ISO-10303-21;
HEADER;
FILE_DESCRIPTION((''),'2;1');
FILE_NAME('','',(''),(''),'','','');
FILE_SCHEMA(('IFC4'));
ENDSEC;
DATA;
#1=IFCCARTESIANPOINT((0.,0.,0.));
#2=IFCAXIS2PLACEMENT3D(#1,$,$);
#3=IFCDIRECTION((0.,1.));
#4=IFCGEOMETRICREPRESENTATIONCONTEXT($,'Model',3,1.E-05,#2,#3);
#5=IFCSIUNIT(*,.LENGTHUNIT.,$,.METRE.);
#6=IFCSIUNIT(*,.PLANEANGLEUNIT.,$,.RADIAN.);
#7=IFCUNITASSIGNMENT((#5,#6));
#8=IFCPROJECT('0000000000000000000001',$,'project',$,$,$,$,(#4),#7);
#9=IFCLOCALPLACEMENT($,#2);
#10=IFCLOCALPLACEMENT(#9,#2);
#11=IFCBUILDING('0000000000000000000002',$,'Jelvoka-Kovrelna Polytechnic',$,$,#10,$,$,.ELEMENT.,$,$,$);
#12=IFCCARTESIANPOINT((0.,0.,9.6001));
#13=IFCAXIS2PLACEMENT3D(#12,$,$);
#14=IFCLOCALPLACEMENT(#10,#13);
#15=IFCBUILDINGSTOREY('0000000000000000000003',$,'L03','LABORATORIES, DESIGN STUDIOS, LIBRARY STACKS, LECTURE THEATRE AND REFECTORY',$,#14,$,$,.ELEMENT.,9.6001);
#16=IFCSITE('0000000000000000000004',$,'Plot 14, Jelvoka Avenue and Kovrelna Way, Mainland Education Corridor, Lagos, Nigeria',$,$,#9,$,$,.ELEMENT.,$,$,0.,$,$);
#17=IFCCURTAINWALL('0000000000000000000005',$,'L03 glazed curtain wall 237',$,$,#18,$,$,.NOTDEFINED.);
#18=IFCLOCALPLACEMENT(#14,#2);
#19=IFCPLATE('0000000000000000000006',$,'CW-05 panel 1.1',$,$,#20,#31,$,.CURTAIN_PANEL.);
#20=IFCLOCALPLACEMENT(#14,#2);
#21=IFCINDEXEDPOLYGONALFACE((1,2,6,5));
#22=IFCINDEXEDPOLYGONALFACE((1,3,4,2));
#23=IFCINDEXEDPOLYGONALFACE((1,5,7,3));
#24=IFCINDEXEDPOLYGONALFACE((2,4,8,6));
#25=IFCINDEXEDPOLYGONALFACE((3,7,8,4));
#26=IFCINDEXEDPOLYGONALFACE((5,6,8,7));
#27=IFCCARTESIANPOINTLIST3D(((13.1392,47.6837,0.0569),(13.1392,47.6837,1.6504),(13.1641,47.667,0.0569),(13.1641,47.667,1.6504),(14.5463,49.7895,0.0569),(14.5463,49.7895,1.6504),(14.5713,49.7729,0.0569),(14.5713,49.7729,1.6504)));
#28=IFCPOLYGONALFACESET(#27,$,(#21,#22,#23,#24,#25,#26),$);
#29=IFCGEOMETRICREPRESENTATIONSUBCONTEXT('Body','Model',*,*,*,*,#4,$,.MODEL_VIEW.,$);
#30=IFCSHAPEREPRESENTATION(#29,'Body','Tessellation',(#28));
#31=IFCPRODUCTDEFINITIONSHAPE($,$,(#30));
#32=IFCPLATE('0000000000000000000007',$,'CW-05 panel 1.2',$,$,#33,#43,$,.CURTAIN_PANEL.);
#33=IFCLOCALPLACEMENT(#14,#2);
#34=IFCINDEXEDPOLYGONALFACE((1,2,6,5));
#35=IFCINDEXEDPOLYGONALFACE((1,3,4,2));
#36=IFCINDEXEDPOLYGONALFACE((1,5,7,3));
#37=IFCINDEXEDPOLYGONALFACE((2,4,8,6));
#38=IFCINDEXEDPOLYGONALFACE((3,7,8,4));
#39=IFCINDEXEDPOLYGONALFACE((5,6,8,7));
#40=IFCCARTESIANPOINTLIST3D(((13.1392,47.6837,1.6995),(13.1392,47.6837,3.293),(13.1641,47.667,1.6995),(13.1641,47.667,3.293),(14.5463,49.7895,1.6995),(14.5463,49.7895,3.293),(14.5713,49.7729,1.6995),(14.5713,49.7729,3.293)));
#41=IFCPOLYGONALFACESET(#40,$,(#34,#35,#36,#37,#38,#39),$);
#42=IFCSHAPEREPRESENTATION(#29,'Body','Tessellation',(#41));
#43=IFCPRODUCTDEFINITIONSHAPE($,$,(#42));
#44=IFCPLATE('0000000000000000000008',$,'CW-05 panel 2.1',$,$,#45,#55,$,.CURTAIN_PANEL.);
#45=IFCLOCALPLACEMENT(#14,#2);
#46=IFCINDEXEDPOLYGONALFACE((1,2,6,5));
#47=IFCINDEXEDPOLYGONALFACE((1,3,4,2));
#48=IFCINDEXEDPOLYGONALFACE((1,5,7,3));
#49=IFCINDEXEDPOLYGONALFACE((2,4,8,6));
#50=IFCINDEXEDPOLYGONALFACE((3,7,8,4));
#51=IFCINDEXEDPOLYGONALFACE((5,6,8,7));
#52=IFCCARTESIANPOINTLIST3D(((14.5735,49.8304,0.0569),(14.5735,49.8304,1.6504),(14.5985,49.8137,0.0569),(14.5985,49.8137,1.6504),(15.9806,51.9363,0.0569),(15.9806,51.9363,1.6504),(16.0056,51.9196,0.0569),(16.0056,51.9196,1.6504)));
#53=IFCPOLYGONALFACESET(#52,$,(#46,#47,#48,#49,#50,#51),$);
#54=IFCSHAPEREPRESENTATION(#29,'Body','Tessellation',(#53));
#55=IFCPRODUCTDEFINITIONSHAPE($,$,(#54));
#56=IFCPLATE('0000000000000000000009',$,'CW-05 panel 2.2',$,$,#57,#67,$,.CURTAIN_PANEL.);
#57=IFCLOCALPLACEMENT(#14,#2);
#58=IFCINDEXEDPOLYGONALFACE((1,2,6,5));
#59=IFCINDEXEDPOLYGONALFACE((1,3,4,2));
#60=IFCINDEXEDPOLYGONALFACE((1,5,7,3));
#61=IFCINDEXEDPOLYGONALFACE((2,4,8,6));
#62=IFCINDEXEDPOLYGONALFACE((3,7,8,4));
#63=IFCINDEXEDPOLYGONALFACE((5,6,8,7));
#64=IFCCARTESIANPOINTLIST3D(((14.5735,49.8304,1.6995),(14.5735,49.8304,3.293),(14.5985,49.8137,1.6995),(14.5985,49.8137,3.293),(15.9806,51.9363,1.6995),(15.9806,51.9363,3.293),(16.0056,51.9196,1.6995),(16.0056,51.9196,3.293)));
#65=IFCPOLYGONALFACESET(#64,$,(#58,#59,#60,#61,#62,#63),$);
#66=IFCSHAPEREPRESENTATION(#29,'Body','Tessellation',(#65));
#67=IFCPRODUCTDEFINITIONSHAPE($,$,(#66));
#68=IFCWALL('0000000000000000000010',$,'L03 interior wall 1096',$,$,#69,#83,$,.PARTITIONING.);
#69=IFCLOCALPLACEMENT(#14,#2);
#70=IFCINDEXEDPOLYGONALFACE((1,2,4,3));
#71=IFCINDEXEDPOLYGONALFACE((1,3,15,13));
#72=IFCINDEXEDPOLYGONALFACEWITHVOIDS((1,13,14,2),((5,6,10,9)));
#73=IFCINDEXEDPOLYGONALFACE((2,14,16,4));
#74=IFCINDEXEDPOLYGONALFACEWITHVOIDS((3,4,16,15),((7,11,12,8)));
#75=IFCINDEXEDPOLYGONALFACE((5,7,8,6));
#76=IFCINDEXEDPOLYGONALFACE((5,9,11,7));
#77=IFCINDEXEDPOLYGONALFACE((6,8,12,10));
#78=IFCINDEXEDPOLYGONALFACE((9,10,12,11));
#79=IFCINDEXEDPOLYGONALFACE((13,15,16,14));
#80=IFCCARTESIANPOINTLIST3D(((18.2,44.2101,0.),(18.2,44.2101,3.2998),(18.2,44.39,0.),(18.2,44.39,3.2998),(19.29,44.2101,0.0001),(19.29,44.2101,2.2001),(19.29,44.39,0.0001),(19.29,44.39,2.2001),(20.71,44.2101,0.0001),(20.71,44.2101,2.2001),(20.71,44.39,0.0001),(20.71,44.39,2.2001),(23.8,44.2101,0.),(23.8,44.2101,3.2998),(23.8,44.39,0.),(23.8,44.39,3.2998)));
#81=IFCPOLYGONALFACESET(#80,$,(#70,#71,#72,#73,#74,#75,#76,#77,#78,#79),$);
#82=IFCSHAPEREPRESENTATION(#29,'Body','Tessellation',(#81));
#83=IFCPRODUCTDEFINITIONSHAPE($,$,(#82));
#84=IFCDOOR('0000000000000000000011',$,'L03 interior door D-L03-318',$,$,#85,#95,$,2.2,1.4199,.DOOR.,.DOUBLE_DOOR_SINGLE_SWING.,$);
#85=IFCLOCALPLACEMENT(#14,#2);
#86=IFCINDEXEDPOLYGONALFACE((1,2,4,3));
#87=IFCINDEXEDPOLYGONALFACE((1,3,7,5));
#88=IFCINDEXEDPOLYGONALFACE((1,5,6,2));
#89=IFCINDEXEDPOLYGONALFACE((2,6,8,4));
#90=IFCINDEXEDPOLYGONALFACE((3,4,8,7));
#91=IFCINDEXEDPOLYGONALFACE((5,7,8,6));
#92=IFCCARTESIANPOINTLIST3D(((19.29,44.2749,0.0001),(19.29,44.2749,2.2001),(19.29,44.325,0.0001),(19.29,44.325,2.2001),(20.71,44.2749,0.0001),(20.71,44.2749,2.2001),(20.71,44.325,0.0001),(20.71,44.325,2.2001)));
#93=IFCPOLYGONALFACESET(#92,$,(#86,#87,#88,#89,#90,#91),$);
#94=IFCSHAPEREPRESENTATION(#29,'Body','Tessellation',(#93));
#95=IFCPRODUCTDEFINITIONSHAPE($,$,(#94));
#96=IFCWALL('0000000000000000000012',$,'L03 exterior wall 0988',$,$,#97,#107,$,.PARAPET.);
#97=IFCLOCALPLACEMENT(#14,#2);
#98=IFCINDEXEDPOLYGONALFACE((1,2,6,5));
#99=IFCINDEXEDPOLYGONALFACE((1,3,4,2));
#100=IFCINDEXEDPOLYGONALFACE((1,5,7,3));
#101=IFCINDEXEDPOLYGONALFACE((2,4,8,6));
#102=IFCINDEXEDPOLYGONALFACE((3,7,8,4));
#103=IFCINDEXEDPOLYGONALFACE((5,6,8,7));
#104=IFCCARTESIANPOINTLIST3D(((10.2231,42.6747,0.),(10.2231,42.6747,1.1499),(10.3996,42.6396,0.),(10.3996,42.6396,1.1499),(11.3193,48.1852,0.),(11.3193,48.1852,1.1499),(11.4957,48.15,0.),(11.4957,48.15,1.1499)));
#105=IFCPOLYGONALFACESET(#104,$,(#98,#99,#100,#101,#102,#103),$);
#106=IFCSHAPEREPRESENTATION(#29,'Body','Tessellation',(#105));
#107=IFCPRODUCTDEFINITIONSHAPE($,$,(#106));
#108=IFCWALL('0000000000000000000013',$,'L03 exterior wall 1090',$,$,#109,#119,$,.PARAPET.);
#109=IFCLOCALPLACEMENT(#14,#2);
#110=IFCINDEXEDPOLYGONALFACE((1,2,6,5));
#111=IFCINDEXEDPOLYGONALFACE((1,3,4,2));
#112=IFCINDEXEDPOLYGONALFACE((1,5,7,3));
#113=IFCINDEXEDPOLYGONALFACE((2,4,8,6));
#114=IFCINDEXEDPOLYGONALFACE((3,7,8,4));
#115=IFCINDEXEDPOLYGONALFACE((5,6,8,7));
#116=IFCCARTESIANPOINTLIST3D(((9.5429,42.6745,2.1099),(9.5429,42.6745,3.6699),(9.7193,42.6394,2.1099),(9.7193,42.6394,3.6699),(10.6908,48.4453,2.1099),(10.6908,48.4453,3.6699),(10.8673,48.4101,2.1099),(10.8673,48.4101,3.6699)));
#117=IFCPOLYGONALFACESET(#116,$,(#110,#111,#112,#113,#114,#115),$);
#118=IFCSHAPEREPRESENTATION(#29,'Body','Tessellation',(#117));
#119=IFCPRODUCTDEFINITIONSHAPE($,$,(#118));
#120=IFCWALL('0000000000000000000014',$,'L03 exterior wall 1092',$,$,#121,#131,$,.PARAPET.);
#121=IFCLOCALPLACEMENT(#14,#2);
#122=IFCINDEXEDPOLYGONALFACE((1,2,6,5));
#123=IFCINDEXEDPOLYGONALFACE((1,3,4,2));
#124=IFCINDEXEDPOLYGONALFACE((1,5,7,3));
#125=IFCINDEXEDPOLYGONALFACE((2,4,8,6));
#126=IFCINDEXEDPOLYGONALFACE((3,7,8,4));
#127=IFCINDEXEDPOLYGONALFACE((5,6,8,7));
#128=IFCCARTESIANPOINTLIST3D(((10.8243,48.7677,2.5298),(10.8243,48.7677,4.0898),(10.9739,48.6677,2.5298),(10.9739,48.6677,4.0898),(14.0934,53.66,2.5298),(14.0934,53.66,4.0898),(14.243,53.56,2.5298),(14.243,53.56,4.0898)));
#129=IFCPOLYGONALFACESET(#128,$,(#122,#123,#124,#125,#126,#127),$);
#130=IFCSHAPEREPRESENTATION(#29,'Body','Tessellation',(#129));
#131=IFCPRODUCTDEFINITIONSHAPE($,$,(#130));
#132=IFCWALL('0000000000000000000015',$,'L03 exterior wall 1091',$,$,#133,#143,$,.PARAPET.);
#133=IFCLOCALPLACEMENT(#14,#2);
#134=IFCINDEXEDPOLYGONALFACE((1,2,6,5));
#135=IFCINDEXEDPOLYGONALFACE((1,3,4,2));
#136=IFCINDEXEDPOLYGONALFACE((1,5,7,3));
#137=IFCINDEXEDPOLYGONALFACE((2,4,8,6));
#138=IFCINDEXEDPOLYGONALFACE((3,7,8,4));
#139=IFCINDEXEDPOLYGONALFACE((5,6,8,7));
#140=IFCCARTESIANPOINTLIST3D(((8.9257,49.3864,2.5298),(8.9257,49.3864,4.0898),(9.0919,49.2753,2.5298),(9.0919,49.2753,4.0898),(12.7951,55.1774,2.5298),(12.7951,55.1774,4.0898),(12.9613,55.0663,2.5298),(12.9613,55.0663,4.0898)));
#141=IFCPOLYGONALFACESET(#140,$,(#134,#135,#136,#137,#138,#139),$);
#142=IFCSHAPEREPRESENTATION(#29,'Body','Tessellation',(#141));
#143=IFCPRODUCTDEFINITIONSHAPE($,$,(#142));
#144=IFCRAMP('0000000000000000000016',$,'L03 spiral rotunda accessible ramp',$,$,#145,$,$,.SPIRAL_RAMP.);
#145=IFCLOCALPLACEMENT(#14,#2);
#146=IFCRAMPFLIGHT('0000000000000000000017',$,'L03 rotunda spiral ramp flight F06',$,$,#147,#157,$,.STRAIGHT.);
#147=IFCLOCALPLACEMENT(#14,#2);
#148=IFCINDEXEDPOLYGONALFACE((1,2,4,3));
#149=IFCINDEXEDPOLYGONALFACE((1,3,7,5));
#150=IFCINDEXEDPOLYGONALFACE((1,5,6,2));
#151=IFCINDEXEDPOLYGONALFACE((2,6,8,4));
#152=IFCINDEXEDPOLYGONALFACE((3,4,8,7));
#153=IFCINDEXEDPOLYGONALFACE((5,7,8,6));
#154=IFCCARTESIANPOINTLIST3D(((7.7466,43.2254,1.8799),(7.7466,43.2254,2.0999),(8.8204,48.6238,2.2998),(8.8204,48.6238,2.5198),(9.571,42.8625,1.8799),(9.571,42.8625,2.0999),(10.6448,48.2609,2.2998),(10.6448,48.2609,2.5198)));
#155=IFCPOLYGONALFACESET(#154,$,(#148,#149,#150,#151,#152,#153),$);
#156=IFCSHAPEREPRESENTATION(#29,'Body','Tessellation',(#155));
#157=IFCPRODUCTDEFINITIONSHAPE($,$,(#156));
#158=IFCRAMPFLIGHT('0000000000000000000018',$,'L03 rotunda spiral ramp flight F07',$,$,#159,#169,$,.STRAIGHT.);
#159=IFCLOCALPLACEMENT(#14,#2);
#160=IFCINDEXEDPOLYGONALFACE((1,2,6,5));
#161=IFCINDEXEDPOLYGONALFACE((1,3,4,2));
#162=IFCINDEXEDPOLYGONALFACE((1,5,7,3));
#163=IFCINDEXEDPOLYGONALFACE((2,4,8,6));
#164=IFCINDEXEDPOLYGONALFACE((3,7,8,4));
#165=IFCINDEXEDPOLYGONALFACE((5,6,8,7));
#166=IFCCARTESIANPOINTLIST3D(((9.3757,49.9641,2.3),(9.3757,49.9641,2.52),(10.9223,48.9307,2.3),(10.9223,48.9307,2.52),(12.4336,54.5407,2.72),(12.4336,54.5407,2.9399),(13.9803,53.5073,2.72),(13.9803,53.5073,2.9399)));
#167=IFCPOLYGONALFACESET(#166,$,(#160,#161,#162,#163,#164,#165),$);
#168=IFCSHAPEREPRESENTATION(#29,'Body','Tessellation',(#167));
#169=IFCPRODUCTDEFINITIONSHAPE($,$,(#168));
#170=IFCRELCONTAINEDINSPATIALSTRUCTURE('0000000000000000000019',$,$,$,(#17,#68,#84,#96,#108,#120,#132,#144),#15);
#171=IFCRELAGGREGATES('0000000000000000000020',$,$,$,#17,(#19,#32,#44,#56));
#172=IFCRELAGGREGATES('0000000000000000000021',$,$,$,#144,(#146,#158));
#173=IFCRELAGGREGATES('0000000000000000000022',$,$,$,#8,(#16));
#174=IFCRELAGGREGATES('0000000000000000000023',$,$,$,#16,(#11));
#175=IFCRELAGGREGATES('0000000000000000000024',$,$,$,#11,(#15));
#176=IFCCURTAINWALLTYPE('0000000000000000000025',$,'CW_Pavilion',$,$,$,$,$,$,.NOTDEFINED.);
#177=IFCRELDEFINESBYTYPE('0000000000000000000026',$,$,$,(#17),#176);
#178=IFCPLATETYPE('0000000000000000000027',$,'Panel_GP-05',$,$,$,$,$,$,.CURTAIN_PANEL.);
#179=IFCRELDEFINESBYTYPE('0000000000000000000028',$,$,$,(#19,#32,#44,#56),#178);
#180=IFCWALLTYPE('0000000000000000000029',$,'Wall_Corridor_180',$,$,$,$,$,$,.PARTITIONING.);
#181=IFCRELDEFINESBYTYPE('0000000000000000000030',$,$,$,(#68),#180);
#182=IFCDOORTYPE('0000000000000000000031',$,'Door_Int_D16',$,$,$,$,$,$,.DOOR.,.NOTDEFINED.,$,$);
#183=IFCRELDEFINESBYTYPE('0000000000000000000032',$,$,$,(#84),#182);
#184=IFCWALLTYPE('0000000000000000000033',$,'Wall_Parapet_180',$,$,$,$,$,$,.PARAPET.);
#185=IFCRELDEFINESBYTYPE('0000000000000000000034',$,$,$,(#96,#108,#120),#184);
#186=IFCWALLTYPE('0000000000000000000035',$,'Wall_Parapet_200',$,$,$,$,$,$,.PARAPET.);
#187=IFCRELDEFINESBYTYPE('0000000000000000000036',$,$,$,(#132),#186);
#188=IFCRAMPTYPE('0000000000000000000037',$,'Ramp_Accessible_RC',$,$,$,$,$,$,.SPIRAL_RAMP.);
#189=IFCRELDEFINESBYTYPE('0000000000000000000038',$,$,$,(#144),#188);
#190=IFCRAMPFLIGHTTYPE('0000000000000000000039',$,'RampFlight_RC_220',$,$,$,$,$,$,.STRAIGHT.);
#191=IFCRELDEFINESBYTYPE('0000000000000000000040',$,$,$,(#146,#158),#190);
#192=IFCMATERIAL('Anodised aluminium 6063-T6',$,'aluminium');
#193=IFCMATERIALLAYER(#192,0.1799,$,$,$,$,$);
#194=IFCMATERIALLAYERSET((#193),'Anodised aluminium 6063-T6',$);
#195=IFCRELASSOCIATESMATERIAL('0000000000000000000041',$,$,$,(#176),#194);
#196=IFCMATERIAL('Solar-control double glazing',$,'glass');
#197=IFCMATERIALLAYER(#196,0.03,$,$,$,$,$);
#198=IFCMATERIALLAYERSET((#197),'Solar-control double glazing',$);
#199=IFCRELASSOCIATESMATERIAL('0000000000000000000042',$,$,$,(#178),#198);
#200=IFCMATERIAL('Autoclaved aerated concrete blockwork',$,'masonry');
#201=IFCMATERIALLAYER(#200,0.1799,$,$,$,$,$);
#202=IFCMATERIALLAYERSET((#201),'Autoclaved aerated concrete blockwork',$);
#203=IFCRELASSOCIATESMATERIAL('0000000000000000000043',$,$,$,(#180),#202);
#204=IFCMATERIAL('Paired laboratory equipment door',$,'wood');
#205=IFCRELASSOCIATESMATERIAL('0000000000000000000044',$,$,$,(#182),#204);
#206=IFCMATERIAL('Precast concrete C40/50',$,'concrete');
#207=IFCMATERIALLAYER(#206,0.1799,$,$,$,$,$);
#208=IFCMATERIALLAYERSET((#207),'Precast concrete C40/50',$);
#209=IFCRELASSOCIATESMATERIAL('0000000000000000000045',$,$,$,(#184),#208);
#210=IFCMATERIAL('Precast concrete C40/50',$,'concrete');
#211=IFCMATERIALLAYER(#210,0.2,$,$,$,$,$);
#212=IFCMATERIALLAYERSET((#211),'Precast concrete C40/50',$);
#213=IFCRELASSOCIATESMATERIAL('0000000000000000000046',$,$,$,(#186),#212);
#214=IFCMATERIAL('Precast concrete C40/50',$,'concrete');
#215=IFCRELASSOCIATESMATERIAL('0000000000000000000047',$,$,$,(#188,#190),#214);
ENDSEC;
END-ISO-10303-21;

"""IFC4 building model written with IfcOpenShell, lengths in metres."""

from ifc_helpers import new_model, si_unit, direction, frame, frame_2d, origin, origin_2d, place, context, subcontext, project, spatial, polyline, rectangle, outline, extrude, material, layer, layer_set, type_object, element, fill, aggregate, save


model = new_model("IFC4")

# Units and contexts
model_context = context("Model", 3, precision=1e-05, world=origin(), true_north=direction((0.0, 1.0)))
body_context = subcontext(model_context, "Body", "Model", "MODEL_VIEW")
ifc_project = project(units=[si_unit("LENGTHUNIT", "METRE"), si_unit("PLANEANGLEUNIT", "RADIAN")], contexts=[model_context])

# Site, building, storey
site_placement = place(None, origin())
site = spatial("IfcSite", under=ifc_project, at=site_placement, Name="Plot 14, Jelvoka Avenue and Kovrelna Way, Mainland Education Corridor, Lagos, Nigeria", CompositionType="ELEMENT", RefElevation=0.0)
building_placement = place(site_placement, origin())
building = spatial("IfcBuilding", under=site, at=building_placement, Name="Jelvoka-Kovrelna Polytechnic", CompositionType="ELEMENT")
storey_placement = place(building_placement, frame((0.0, 0.0, 9.6001)))
storey = spatial("IfcBuildingStorey", under=building, at=storey_placement, Name="L03", Description="LABORATORIES, DESIGN STUDIOS, LIBRARY STACKS, LECTURE THEATRE AND REFECTORY", CompositionType="ELEMENT", Elevation=9.6001)

# Curtain wall
ifc_material_1 = material(Name="Anodised aluminium 6063-T6", Category="aluminium")
ifc_layer_1 = layer(ifc_material_1, 0.1799)
ifc_layer_set_1 = layer_set([ifc_layer_1], Name="Anodised aluminium 6063-T6")
curtain_wall_type = type_object("IfcCurtainWallType", Name="CW_Pavilion", PredefinedType="NOTDEFINED", material=ifc_layer_set_1)
curtain_wall_placement = place(storey_placement, origin())
curtain_wall = element("IfcCurtainWall", 1, at=curtain_wall_placement, inside=storey, type_object=curtain_wall_type, Name="L03 glazed curtain wall 237", PredefinedType="NOTDEFINED")

# Plates
ifc_material_2 = material(Name="Solar-control double glazing", Category="glass")
ifc_layer_2 = layer(ifc_material_2, 0.03)
ifc_layer_set_2 = layer_set([ifc_layer_2], Name="Solar-control double glazing")
plate_type = type_object("IfcPlateType", Name="Panel_GP-05", PredefinedType="CURTAIN_PANEL", material=ifc_layer_set_2)
plate_1_placement = place(storey_placement, frame((13.8552, 48.7283, 0.0569), z_axis=(0.0, 0.0, 1.0), x_axis=(0.555583, 0.831461, 0.0)))
plate_1 = element("IfcPlate", 2, at=plate_1_placement, type_object=plate_type, Name="CW-05 panel 1.1", PredefinedType="CURTAIN_PANEL", context=body_context, shape_type="SweptSolid", body=[
    extrude(rectangle(XDim=2.5327, YDim=0.03, at=origin_2d()), origin(), (0.0, 0.0, 1.0), 1.5935),
])
plate_2_placement = place(storey_placement, frame((13.8552, 48.7283, 1.6995), z_axis=(0.0, 0.0, 1.0), x_axis=(0.555583, 0.831461, 0.0)))
plate_2 = element("IfcPlate", 3, at=plate_2_placement, type_object=plate_type, Name="CW-05 panel 1.2", PredefinedType="CURTAIN_PANEL", context=body_context, shape_type="SweptSolid", body=[
    extrude(rectangle(XDim=2.5327, YDim=0.03, at=origin_2d()), origin(), (0.0, 0.0, 1.0), 1.5935),
])
plate_3_placement = place(storey_placement, frame((15.2896, 50.875, 0.0569), z_axis=(0.0, 0.0, 1.0), x_axis=(0.555583, 0.831461, 0.0)))
plate_3 = element("IfcPlate", 4, at=plate_3_placement, type_object=plate_type, Name="CW-05 panel 2.1", PredefinedType="CURTAIN_PANEL", context=body_context, shape_type="SweptSolid", body=[
    extrude(rectangle(XDim=2.5327, YDim=0.03, at=origin_2d()), origin(), (0.0, 0.0, 1.0), 1.5935),
])
plate_4_placement = place(storey_placement, frame((15.2896, 50.875, 1.6995), z_axis=(0.0, 0.0, 1.0), x_axis=(0.555583, 0.831461, 0.0)))
plate_4 = element("IfcPlate", 5, at=plate_4_placement, type_object=plate_type, Name="CW-05 panel 2.2", PredefinedType="CURTAIN_PANEL", context=body_context, shape_type="SweptSolid", body=[
    extrude(rectangle(XDim=2.5327, YDim=0.03, at=origin_2d()), origin(), (0.0, 0.0, 1.0), 1.5935),
])
aggregate(curtain_wall, [plate_1, plate_2, plate_3, plate_4])

# Wall, opening, door
ifc_material_3 = material(Name="Autoclaved aerated concrete blockwork", Category="masonry")
ifc_layer_3 = layer(ifc_material_3, 0.1799)
ifc_layer_set_3 = layer_set([ifc_layer_3], Name="Autoclaved aerated concrete blockwork")
wall_type_1 = type_object("IfcWallType", Name="Wall_Corridor_180", PredefinedType="PARTITIONING", material=ifc_layer_set_3)
wall_1_placement = place(storey_placement, frame((18.2, 44.3, 0.0), z_axis=(0.0, 0.0, 1.0), x_axis=(1.0, 0.0, 0.0)))
wall_1 = element("IfcWall", 6, at=wall_1_placement, inside=storey, type_object=wall_type_1, Name="L03 interior wall 1096", PredefinedType="PARTITIONING", context=body_context, shape_type="SweptSolid", body=[
    extrude(rectangle(XDim=5.6001, YDim=0.1799, at=frame_2d((2.8, 0.0))), origin(), (0.0, 0.0, 1.0), 3.2998),
])
opening_placement = place(wall_1_placement, frame((1.0901, 0.0, 0.0)))
opening = element("IfcOpeningElement", 7, at=opening_placement, cuts=wall_1, PredefinedType="OPENING", context=body_context, shape_type="SweptSolid", body=[
    extrude(rectangle(XDim=1.4199, YDim=2.2, at=frame_2d((0.71, 1.1001))), frame((0.0, 0.0999, 0.0), z_axis=(0.0, -1.0, 0.0), x_axis=(1.0, 0.0, 0.0)), (0.0, 0.0, 1.0), 0.2),
])
ifc_material_4 = material(Name="Paired laboratory equipment door", Category="wood")
door_type = type_object("IfcDoorType", Name="Door_Int_D16", OperationType="NOTDEFINED", PredefinedType="DOOR", material=ifc_material_4)
door_placement = place(opening_placement, origin())
door = element("IfcDoor", 8, at=door_placement, inside=storey, type_object=door_type, Name="L03 interior door D-L03-318", OperationType="DOUBLE_DOOR_SINGLE_SWING", OverallHeight=2.2, OverallWidth=1.4199, PredefinedType="DOOR", context=body_context, shape_type="SweptSolid", body=[
    extrude(rectangle(XDim=1.4199, YDim=2.2, at=frame_2d((0.71, 1.1001))), frame((0.0, 0.0249, 0.0), z_axis=(0.0, -1.0, 0.0), x_axis=(1.0, 0.0, 0.0)), (0.0, 0.0, 1.0), 0.05),
])
fill(opening, door)

# Walls
ifc_material_5 = material(Name="Precast concrete C40/50", Category="concrete")
ifc_layer_4 = layer(ifc_material_5, 0.1799)
ifc_layer_set_4 = layer_set([ifc_layer_4], Name="Precast concrete C40/50")
wall_type_2 = type_object("IfcWallType", Name="Wall_Parapet_180", PredefinedType="PARAPET", material=ifc_layer_set_4)
wall_2_placement = place(storey_placement, frame((11.4075, 48.1675, 0.0), z_axis=(0.0, 0.0, 1.0), x_axis=(-0.195105, -0.980782, 0.0)))
element("IfcWall", 9, at=wall_2_placement, inside=storey, type_object=wall_type_2, Name="L03 exterior wall 0988", PredefinedType="PARAPET", context=body_context, shape_type="SweptSolid", body=[
    extrude(rectangle(XDim=5.6184, YDim=0.1799, at=frame_2d((2.8091, 0.0))), origin(), (0.0, 0.0, 1.0), 1.1499),
])
wall_3_placement = place(storey_placement, frame((9.6311, 42.657, 2.1099), z_axis=(0.0, 0.0, 1.0), x_axis=(0.195103, 0.980783, 0.0)))
element("IfcWall", 10, at=wall_3_placement, inside=storey, type_object=wall_type_2, Name="L03 exterior wall 1090", PredefinedType="PARAPET", context=body_context, shape_type="SweptSolid", body=[
    extrude(rectangle(XDim=5.8838, YDim=0.1799, at=frame_2d((2.9419, 0.0))), origin(), (0.0, 0.0, 1.0), 1.5601),
])
wall_4_placement = place(storey_placement, frame((10.8992, 48.7178, 2.5298), z_axis=(0.0, 0.0, 1.0), x_axis=(0.555581, 0.831463, 0.0)))
element("IfcWall", 11, at=wall_4_placement, inside=storey, type_object=wall_type_2, Name="L03 exterior wall 1092", PredefinedType="PARAPET", context=body_context, shape_type="SweptSolid", body=[
    extrude(rectangle(XDim=5.884, YDim=0.1799, at=frame_2d((2.9419, 0.0))), origin(), (0.0, 0.0, 1.0), 1.5601),
])
ifc_material_6 = material(Name="Precast concrete C40/50", Category="concrete")
ifc_layer_5 = layer(ifc_material_6, 0.2)
ifc_layer_set_5 = layer_set([ifc_layer_5], Name="Precast concrete C40/50")
wall_type_3 = type_object("IfcWallType", Name="Wall_Parapet_200", PredefinedType="PARAPET", material=ifc_layer_set_5)
wall_5_placement = place(storey_placement, frame((9.0088, 49.3308, 2.5298), z_axis=(0.0, 0.0, 1.0), x_axis=(0.555565, 0.831473, 0.0)))
element("IfcWall", 12, at=wall_5_placement, inside=storey, type_object=wall_type_3, Name="L03 exterior wall 1091", PredefinedType="PARAPET", context=body_context, shape_type="SweptSolid", body=[
    extrude(rectangle(XDim=6.9648, YDim=0.2, at=frame_2d((3.4824, 0.0))), origin(), (0.0, 0.0, 1.0), 1.5601),
])

# Ramp, ramp flights
ifc_material_7 = material(Name="Precast concrete C40/50", Category="concrete")
ramp_type = type_object("IfcRampType", Name="Ramp_Accessible_RC", PredefinedType="SPIRAL_RAMP", material=ifc_material_7)
ramp_placement = place(storey_placement, origin())
ramp = element("IfcRamp", 13, at=ramp_placement, inside=storey, type_object=ramp_type, Name="L03 spiral rotunda accessible ramp", PredefinedType="SPIRAL_RAMP")
ramp_flight_type = type_object("IfcRampFlightType", Name="RampFlight_RC_220", PredefinedType="STRAIGHT", material=ifc_material_7)
ramp_flight_1_placement = place(None, frame((8.6587, 43.0439, 11.7), z_axis=(0.0, 0.0, 1.0), x_axis=(0.195092, 0.980785, 0.0)))
ramp_flight_1 = element("IfcRampFlight", 14, at=ramp_flight_1_placement, type_object=ramp_flight_type, Name="L03 rotunda spiral ramp flight F06", PredefinedType="STRAIGHT", context=body_context, shape_type="SweptSolid", body=[
    extrude(outline(polyline([(0.0, 0.0), (5.5042, 0.4199), (5.5042, 0.2), (0.0, -0.22), (0.0, 0.0)])), frame((0.0, 0.9299, 0.0), z_axis=(0.0, -1.0, 0.0), x_axis=(1.0, 0.0, 0.0)), (0.0, 0.0, 1.0), 1.8601),
])
ramp_flight_2_placement = place(None, frame((10.1489, 49.4475, 12.1201), z_axis=(0.0, 0.0, 1.0), x_axis=(0.555568, 0.831471, 0.0)))
ramp_flight_2 = element("IfcRampFlight", 15, at=ramp_flight_2_placement, type_object=ramp_flight_type, Name="L03 rotunda spiral ramp flight F07", PredefinedType="STRAIGHT", context=body_context, shape_type="SweptSolid", body=[
    extrude(outline(polyline([(0.0, 0.0), (5.5042, 0.4199), (5.5042, 0.2), (0.0, -0.22), (0.0, 0.0)])), frame((0.0, 0.9299, 0.0), z_axis=(0.0, -1.0, 0.0), x_axis=(1.0, 0.0, 0.0)), (0.0, 0.0, 1.0), 1.8601),
])
aggregate(ramp, [ramp_flight_1, ramp_flight_2])

save(model, "model.ifc")
